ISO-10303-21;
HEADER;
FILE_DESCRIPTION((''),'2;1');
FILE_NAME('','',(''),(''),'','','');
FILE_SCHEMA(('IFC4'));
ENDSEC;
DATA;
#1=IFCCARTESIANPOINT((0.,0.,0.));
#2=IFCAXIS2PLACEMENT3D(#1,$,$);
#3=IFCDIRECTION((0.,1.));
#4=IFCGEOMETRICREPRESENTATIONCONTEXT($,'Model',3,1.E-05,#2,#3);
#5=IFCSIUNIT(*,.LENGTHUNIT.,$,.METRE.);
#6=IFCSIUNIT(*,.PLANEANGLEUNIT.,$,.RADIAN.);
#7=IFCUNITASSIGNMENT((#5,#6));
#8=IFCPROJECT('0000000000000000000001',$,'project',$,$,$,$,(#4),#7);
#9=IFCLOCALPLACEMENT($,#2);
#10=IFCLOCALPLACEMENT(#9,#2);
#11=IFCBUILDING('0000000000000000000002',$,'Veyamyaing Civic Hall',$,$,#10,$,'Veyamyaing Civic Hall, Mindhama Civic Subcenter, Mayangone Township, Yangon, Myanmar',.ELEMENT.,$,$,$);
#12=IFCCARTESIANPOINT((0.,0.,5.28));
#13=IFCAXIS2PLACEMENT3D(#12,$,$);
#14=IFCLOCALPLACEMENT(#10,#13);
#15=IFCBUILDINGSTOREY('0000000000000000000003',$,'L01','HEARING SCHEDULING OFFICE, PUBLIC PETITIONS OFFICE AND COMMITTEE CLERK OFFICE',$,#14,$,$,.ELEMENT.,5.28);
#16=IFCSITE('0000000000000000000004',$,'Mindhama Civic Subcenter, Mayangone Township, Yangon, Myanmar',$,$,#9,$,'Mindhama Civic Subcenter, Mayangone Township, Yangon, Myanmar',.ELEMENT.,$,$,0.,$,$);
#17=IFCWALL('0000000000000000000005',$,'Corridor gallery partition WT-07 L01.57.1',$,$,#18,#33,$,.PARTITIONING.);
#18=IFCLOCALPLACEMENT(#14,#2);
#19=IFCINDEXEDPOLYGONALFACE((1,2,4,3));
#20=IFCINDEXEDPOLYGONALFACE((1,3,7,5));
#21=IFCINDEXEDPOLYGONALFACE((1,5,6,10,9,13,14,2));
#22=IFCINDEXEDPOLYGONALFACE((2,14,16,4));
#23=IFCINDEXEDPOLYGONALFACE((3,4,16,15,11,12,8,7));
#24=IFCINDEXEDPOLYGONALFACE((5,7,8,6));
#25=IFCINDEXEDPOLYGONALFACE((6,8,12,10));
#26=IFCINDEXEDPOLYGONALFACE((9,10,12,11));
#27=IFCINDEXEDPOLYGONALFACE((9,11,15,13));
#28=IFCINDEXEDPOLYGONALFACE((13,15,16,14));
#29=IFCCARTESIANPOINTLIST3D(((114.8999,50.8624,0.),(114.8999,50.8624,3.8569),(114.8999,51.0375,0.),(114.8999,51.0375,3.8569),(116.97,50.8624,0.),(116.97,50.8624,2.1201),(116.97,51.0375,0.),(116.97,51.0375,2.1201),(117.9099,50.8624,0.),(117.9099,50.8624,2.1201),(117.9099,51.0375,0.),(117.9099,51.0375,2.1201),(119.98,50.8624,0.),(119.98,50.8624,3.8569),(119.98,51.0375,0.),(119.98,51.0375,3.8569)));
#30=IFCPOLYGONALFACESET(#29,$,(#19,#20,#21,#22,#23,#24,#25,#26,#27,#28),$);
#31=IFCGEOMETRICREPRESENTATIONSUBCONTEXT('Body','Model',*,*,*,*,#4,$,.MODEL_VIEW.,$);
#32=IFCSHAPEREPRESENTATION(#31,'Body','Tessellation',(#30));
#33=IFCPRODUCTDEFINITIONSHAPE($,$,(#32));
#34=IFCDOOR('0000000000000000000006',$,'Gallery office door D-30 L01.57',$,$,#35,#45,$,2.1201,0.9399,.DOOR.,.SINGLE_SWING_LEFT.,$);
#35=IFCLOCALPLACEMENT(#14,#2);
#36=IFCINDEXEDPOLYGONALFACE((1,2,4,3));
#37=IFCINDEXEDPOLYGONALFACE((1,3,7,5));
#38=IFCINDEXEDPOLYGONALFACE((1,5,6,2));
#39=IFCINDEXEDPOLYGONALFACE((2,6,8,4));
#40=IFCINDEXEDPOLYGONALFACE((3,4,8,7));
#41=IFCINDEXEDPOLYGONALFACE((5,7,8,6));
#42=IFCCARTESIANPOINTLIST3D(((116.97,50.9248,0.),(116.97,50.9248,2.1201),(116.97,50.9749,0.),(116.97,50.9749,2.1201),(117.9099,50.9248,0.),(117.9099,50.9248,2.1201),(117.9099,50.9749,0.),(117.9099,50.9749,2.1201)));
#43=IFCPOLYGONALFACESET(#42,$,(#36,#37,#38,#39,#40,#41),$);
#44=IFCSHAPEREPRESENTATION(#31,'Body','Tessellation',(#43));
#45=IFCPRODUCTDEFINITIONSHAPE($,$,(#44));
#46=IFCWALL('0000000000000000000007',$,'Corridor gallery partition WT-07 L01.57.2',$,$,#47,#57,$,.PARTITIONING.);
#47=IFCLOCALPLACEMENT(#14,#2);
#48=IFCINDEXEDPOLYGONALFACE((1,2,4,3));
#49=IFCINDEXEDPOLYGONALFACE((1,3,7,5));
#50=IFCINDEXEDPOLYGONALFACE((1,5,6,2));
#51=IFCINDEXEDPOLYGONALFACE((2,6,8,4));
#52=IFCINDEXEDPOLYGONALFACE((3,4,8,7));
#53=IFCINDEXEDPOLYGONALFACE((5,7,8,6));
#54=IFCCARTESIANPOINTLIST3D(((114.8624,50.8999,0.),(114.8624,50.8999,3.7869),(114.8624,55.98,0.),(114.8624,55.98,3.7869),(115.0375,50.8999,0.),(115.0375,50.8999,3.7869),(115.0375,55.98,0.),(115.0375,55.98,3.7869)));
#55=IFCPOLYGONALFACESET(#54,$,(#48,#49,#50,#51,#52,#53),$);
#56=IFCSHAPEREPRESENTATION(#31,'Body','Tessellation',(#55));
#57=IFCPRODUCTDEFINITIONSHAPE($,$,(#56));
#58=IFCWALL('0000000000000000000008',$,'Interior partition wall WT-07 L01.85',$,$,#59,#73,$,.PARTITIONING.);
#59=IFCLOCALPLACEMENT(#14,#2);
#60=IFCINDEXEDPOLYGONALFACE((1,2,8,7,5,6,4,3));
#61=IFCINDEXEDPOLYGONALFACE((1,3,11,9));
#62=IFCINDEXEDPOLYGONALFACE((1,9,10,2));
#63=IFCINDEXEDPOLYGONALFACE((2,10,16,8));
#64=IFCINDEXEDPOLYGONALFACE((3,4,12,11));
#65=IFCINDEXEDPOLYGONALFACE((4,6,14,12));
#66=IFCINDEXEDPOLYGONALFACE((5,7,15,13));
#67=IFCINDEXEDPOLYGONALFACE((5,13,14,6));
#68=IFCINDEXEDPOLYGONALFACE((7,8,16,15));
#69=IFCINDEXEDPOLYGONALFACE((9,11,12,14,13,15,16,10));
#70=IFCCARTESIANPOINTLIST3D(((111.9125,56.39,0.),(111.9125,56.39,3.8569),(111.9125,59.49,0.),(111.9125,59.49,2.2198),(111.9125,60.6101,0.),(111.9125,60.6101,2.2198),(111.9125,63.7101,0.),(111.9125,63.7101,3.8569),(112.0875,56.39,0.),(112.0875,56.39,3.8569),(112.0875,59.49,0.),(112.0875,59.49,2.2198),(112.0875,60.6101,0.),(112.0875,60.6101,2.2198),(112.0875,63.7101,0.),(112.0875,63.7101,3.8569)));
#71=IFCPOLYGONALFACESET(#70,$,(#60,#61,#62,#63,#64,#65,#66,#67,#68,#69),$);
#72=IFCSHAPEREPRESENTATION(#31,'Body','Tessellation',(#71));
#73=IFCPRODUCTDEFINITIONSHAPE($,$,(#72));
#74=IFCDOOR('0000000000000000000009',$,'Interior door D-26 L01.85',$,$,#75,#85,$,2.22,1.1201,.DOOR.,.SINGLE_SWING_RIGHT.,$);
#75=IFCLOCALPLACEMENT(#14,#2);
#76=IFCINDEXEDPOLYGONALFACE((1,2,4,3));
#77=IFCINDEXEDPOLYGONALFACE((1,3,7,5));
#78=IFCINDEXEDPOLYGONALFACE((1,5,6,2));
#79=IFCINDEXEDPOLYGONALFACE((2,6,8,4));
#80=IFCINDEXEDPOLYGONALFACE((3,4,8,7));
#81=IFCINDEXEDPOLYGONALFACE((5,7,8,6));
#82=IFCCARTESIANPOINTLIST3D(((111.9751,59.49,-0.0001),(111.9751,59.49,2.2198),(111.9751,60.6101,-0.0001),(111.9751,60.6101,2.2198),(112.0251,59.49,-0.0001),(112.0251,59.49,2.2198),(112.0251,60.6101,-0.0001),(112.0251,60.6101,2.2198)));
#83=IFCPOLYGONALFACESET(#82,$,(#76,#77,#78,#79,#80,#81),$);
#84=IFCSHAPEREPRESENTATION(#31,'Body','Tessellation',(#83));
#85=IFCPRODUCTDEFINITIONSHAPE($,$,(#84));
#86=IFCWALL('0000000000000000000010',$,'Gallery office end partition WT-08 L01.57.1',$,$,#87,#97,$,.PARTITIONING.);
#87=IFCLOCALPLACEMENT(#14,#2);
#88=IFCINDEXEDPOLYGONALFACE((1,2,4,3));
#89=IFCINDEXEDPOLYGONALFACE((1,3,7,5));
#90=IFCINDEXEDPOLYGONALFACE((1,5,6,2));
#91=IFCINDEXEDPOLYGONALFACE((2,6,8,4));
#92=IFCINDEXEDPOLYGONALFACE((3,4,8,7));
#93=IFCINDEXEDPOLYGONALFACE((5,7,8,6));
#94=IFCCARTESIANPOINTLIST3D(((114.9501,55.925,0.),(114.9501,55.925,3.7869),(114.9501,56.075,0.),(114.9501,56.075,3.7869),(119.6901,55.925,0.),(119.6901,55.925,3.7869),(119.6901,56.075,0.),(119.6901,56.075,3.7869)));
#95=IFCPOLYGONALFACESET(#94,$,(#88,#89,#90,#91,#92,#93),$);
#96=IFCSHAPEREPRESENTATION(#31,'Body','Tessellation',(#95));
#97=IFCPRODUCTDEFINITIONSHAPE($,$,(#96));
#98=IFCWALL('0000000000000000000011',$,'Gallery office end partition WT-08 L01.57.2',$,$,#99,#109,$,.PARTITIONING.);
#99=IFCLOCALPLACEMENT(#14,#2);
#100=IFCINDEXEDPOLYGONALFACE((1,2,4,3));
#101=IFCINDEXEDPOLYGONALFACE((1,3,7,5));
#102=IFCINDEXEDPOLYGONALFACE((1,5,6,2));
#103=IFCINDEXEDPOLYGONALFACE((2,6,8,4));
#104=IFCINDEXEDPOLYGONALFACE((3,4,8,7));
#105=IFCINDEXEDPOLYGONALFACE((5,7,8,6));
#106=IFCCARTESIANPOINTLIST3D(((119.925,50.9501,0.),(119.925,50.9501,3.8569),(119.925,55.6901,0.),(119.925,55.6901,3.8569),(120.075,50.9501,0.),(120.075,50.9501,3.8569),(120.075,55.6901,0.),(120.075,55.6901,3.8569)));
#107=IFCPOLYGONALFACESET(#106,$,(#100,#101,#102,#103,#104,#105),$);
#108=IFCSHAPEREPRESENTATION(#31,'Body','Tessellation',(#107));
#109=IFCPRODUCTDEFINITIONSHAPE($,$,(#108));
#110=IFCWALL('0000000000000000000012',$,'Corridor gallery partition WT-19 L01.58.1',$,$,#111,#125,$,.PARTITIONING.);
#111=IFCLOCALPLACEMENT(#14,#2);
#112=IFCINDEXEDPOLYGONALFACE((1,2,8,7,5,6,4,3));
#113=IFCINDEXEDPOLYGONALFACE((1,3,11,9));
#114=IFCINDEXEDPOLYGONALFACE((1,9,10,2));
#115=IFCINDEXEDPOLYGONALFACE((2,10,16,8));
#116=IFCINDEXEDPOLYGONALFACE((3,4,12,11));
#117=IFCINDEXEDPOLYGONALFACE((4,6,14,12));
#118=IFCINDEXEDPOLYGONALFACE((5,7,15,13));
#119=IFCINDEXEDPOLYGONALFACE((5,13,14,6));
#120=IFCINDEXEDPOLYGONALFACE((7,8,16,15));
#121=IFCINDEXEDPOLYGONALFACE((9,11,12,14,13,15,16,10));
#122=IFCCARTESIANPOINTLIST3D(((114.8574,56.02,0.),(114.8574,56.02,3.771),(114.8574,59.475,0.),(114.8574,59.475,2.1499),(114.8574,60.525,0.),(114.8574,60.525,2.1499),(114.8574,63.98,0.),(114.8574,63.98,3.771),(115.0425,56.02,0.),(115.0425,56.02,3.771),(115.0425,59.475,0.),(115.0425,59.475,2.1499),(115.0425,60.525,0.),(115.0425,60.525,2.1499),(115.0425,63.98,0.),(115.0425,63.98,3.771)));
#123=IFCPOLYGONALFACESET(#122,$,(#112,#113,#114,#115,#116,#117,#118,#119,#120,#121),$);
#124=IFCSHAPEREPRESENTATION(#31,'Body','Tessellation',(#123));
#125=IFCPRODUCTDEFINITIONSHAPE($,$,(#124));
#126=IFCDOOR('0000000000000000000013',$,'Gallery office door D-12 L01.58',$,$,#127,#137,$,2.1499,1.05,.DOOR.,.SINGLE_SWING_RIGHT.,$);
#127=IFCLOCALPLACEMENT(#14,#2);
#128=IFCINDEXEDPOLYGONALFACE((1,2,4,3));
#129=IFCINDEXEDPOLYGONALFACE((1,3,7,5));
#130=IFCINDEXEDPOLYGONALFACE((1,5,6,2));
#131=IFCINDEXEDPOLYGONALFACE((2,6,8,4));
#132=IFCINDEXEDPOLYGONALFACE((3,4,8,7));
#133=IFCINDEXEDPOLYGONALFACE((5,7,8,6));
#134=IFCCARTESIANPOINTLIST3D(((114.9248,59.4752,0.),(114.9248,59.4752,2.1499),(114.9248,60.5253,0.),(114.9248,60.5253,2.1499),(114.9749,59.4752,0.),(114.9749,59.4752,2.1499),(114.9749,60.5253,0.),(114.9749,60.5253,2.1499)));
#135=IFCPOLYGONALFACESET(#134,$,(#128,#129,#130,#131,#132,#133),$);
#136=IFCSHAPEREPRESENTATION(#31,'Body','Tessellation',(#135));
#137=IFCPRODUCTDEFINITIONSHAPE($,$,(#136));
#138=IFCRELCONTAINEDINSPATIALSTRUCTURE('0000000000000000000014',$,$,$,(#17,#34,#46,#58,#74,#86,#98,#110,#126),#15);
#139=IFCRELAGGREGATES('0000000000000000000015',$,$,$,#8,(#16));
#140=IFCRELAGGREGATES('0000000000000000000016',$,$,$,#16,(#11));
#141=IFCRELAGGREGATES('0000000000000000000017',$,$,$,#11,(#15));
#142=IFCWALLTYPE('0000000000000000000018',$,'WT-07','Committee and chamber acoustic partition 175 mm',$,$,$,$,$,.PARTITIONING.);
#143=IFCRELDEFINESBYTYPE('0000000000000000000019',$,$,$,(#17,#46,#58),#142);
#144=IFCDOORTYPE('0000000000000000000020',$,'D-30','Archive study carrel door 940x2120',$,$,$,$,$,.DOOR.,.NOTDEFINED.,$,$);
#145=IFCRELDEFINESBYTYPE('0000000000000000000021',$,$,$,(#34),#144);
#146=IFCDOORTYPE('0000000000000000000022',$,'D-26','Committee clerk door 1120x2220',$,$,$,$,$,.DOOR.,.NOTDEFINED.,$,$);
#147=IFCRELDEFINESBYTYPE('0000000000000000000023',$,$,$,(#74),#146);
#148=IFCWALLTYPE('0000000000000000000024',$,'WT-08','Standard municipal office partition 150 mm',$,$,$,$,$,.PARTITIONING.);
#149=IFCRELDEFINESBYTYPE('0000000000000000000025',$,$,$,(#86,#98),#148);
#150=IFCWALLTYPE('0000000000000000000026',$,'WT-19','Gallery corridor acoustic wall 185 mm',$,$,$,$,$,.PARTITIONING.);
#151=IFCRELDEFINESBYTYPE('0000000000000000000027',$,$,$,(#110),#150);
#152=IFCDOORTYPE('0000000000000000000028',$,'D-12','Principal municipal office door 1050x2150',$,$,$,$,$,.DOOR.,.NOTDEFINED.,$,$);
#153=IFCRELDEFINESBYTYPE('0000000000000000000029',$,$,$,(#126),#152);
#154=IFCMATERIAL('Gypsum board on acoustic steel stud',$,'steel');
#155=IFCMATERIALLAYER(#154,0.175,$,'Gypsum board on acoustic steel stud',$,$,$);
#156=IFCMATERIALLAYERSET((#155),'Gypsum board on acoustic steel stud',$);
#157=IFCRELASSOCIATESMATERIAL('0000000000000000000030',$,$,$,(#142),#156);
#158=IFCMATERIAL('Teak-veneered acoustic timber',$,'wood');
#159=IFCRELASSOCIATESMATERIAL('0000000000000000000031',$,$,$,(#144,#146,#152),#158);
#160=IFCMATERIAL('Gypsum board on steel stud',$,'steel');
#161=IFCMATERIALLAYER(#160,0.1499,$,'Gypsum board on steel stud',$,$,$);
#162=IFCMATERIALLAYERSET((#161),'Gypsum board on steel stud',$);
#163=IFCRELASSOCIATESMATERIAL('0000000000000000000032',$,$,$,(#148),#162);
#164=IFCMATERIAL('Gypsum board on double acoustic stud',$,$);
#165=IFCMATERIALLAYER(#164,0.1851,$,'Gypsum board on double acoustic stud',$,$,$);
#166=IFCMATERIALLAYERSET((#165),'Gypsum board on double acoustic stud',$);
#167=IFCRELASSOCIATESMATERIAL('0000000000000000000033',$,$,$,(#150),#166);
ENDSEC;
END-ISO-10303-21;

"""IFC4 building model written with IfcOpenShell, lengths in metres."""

from ifc_helpers import new_model, si_unit, direction, frame, frame_2d, origin, place, context, subcontext, project, spatial, rectangle, extrude, material, layer, layer_set, type_object, element, fill, save


model = new_model("IFC4")

# Units and contexts
model_context = context("Model", 3, precision=1e-05, world=origin(), true_north=direction((0.0, 1.0)))
body_context = subcontext(model_context, "Body", "Model", "MODEL_VIEW")
ifc_project = project(units=[si_unit("LENGTHUNIT", "METRE"), si_unit("PLANEANGLEUNIT", "RADIAN")], contexts=[model_context])

# Site, building, storey
site_placement = place(None, origin())
site = spatial("IfcSite", under=ifc_project, at=site_placement, Name="Mindhama Civic Subcenter, Mayangone Township, Yangon, Myanmar", LongName="Mindhama Civic Subcenter, Mayangone Township, Yangon, Myanmar", CompositionType="ELEMENT", RefElevation=0.0)
building_placement = place(site_placement, origin())
building = spatial("IfcBuilding", under=site, at=building_placement, Name="Veyamyaing Civic Hall", LongName="Veyamyaing Civic Hall, Mindhama Civic Subcenter, Mayangone Township, Yangon, Myanmar", CompositionType="ELEMENT")
storey_placement = place(building_placement, frame((0.0, 0.0, 5.28)))
storey = spatial("IfcBuildingStorey", under=building, at=storey_placement, Name="L01", Description="HEARING SCHEDULING OFFICE, PUBLIC PETITIONS OFFICE AND COMMITTEE CLERK OFFICE", CompositionType="ELEMENT", Elevation=5.28)

# Wall, opening, door
ifc_material_1 = material(Name="Gypsum board on acoustic steel stud", Category="steel")
ifc_layer_1 = layer(ifc_material_1, 0.175, Name="Gypsum board on acoustic steel stud")
ifc_layer_set_1 = layer_set([ifc_layer_1], Name="Gypsum board on acoustic steel stud")
wall_type_1 = type_object("IfcWallType", Name="WT-07", Description="Committee and chamber acoustic partition 175 mm", PredefinedType="PARTITIONING", material=ifc_layer_set_1)
wall_1_placement = place(storey_placement, frame((114.8999, 50.95, 0.0), z_axis=(0.0, 0.0, 1.0), x_axis=(1.0, 0.0, 0.0)))
wall_1 = element("IfcWall", 1, at=wall_1_placement, inside=storey, type_object=wall_type_1, Name="Corridor gallery partition WT-07 L01.57.1", PredefinedType="PARTITIONING", context=body_context, shape_type="SweptSolid", body=[
    extrude(rectangle(XDim=5.0801, YDim=0.175, at=frame_2d((2.54, 0.0))), origin(), (0.0, 0.0, 1.0), 3.8569),
])
opening_1_placement = place(wall_1_placement, frame((2.0701, 0.0, 0.0)))
opening_1 = element("IfcOpeningElement", 2, at=opening_1_placement, cuts=wall_1, PredefinedType="OPENING", context=body_context, shape_type="SweptSolid", body=[
    extrude(rectangle(XDim=0.9399, YDim=2.1201, at=frame_2d((0.47, 1.0601))), frame((0.0, 0.0974, 0.0), z_axis=(0.0, -1.0, 0.0), x_axis=(1.0, 0.0, 0.0)), (0.0, 0.0, 1.0), 0.1951),
])
ifc_material_2 = material(Name="Teak-veneered acoustic timber", Category="wood")
door_type_1 = type_object("IfcDoorType", Name="D-30", Description="Archive study carrel door 940x2120", OperationType="NOTDEFINED", PredefinedType="DOOR", material=ifc_material_2)
door_1_placement = place(opening_1_placement, origin())
door_1 = element("IfcDoor", 3, at=door_1_placement, inside=storey, type_object=door_type_1, Name="Gallery office door D-30 L01.57", OperationType="SINGLE_SWING_LEFT", OverallHeight=2.1201, OverallWidth=0.9399, PredefinedType="DOOR", context=body_context, shape_type="SweptSolid", body=[
    extrude(rectangle(XDim=0.9399, YDim=2.1201, at=frame_2d((0.47, 1.0601))), frame((0.0, 0.0249, 0.0), z_axis=(0.0, -1.0, 0.0), x_axis=(1.0, 0.0, 0.0)), (0.0, 0.0, 1.0), 0.05),
])
fill(opening_1, door_1)

# Wall
wall_2_placement = place(storey_placement, frame((114.95, 50.8999, 0.0), z_axis=(0.0, 0.0, 1.0), x_axis=(0.0, 1.0, 0.0)))
element("IfcWall", 4, at=wall_2_placement, inside=storey, type_object=wall_type_1, Name="Corridor gallery partition WT-07 L01.57.2", PredefinedType="PARTITIONING", context=body_context, shape_type="SweptSolid", body=[
    extrude(rectangle(XDim=5.0801, YDim=0.175, at=frame_2d((2.54, 0.0))), origin(), (0.0, 0.0, 1.0), 3.7869),
])

# Wall, opening, door
wall_3_placement = place(storey_placement, frame((112.0, 56.3899, 0.0), z_axis=(0.0, 0.0, 1.0), x_axis=(0.0, 1.0, 0.0)))
wall_3 = element("IfcWall", 5, at=wall_3_placement, inside=storey, type_object=wall_type_1, Name="Interior partition wall WT-07 L01.85", PredefinedType="PARTITIONING", context=body_context, shape_type="SweptSolid", body=[
    extrude(rectangle(XDim=7.3201, YDim=0.175, at=frame_2d((3.6602, 0.0))), origin(), (0.0, 0.0, 1.0), 3.8569),
])
opening_2_placement = place(wall_3_placement, frame((3.1001, 0.0, 0.0)))
opening_2 = element("IfcOpeningElement", 6, at=opening_2_placement, cuts=wall_3, PredefinedType="OPENING", context=body_context, shape_type="SweptSolid", body=[
    extrude(rectangle(XDim=1.1201, YDim=2.22, at=frame_2d((0.5601, 1.1099))), frame((0.0, 0.0974, 0.0), z_axis=(0.0, -1.0, 0.0), x_axis=(1.0, 0.0, 0.0)), (0.0, 0.0, 1.0), 0.1951),
])
door_type_2 = type_object("IfcDoorType", Name="D-26", Description="Committee clerk door 1120x2220", OperationType="NOTDEFINED", PredefinedType="DOOR", material=ifc_material_2)
door_2_placement = place(opening_2_placement, origin())
door_2 = element("IfcDoor", 7, at=door_2_placement, inside=storey, type_object=door_type_2, Name="Interior door D-26 L01.85", OperationType="SINGLE_SWING_RIGHT", OverallHeight=2.22, OverallWidth=1.1201, PredefinedType="DOOR", context=body_context, shape_type="SweptSolid", body=[
    extrude(rectangle(XDim=1.1201, YDim=2.22, at=frame_2d((0.5601, 1.1099))), frame((0.0, 0.0249, 0.0), z_axis=(0.0, -1.0, 0.0), x_axis=(1.0, 0.0, 0.0)), (0.0, 0.0, 1.0), 0.05),
])
fill(opening_2, door_2)

# Walls
ifc_material_3 = material(Name="Gypsum board on steel stud", Category="steel")
ifc_layer_2 = layer(ifc_material_3, 0.1499, Name="Gypsum board on steel stud")
ifc_layer_set_2 = layer_set([ifc_layer_2], Name="Gypsum board on steel stud")
wall_type_2 = type_object("IfcWallType", Name="WT-08", Description="Standard municipal office partition 150 mm", PredefinedType="PARTITIONING", material=ifc_layer_set_2)
wall_4_placement = place(storey_placement, frame((114.95, 56.0, 0.0), z_axis=(0.0, 0.0, 1.0), x_axis=(1.0, 0.0, 0.0)))
element("IfcWall", 8, at=wall_4_placement, inside=storey, type_object=wall_type_2, Name="Gallery office end partition WT-08 L01.57.1", PredefinedType="PARTITIONING", context=body_context, shape_type="SweptSolid", body=[
    extrude(rectangle(XDim=4.74, YDim=0.1499, at=frame_2d((2.3701, 0.0))), origin(), (0.0, 0.0, 1.0), 3.7869),
])
wall_5_placement = place(storey_placement, frame((120.0, 50.95, 0.0), z_axis=(0.0, 0.0, 1.0), x_axis=(0.0, 1.0, 0.0)))
element("IfcWall", 9, at=wall_5_placement, inside=storey, type_object=wall_type_2, Name="Gallery office end partition WT-08 L01.57.2", PredefinedType="PARTITIONING", context=body_context, shape_type="SweptSolid", body=[
    extrude(rectangle(XDim=4.74, YDim=0.1499, at=frame_2d((2.3701, 0.0))), origin(), (0.0, 0.0, 1.0), 3.8569),
])

# Wall, opening, door
ifc_material_4 = material(Name="Gypsum board on double acoustic stud")
ifc_layer_3 = layer(ifc_material_4, 0.1851, Name="Gypsum board on double acoustic stud")
ifc_layer_set_3 = layer_set([ifc_layer_3], Name="Gypsum board on double acoustic stud")
wall_type_3 = type_object("IfcWallType", Name="WT-19", Description="Gallery corridor acoustic wall 185 mm", PredefinedType="PARTITIONING", material=ifc_layer_set_3)
wall_6_placement = place(storey_placement, frame((114.95, 56.02, 0.0), z_axis=(0.0, 0.0, 1.0), x_axis=(0.0, 1.0, 0.0)))
wall_6 = element("IfcWall", 10, at=wall_6_placement, inside=storey, type_object=wall_type_3, Name="Corridor gallery partition WT-19 L01.58.1", PredefinedType="PARTITIONING", context=body_context, shape_type="SweptSolid", body=[
    extrude(rectangle(XDim=7.96, YDim=0.1851, at=frame_2d((3.98, 0.0))), origin(), (0.0, 0.0, 1.0), 3.771),
])
opening_3_placement = place(wall_6_placement, frame((3.4551, 0.0, 0.0)))
opening_3 = element("IfcOpeningElement", 11, at=opening_3_placement, cuts=wall_6, PredefinedType="OPENING", context=body_context, shape_type="SweptSolid", body=[
    extrude(rectangle(XDim=1.05, YDim=2.1499, at=frame_2d((0.5249, 1.075))), frame((0.0, 0.1025, 0.0), z_axis=(0.0, -1.0, 0.0), x_axis=(1.0, 0.0, 0.0)), (0.0, 0.0, 1.0), 0.2051),
])
door_type_3 = type_object("IfcDoorType", Name="D-12", Description="Principal municipal office door 1050x2150", OperationType="NOTDEFINED", PredefinedType="DOOR", material=ifc_material_2)
door_3_placement = place(opening_3_placement, frame((1.05, 0.0, 0.0), z_axis=(0.0, 0.0, 1.0), x_axis=(-1.0, 0.0, 0.0)))
door_3 = element("IfcDoor", 12, at=door_3_placement, inside=storey, type_object=door_type_3, Name="Gallery office door D-12 L01.58", OperationType="SINGLE_SWING_RIGHT", OverallHeight=2.1499, OverallWidth=1.05, PredefinedType="DOOR", context=body_context, shape_type="SweptSolid", body=[
    extrude(rectangle(XDim=1.05, YDim=2.1499, at=frame_2d((0.5249, 1.075))), frame((0.0, 0.0249, 0.0), z_axis=(0.0, -1.0, 0.0), x_axis=(1.0, 0.0, 0.0)), (0.0, 0.0, 1.0), 0.05),
])
fill(opening_3, door_3)

save(model, "model.ifc")
